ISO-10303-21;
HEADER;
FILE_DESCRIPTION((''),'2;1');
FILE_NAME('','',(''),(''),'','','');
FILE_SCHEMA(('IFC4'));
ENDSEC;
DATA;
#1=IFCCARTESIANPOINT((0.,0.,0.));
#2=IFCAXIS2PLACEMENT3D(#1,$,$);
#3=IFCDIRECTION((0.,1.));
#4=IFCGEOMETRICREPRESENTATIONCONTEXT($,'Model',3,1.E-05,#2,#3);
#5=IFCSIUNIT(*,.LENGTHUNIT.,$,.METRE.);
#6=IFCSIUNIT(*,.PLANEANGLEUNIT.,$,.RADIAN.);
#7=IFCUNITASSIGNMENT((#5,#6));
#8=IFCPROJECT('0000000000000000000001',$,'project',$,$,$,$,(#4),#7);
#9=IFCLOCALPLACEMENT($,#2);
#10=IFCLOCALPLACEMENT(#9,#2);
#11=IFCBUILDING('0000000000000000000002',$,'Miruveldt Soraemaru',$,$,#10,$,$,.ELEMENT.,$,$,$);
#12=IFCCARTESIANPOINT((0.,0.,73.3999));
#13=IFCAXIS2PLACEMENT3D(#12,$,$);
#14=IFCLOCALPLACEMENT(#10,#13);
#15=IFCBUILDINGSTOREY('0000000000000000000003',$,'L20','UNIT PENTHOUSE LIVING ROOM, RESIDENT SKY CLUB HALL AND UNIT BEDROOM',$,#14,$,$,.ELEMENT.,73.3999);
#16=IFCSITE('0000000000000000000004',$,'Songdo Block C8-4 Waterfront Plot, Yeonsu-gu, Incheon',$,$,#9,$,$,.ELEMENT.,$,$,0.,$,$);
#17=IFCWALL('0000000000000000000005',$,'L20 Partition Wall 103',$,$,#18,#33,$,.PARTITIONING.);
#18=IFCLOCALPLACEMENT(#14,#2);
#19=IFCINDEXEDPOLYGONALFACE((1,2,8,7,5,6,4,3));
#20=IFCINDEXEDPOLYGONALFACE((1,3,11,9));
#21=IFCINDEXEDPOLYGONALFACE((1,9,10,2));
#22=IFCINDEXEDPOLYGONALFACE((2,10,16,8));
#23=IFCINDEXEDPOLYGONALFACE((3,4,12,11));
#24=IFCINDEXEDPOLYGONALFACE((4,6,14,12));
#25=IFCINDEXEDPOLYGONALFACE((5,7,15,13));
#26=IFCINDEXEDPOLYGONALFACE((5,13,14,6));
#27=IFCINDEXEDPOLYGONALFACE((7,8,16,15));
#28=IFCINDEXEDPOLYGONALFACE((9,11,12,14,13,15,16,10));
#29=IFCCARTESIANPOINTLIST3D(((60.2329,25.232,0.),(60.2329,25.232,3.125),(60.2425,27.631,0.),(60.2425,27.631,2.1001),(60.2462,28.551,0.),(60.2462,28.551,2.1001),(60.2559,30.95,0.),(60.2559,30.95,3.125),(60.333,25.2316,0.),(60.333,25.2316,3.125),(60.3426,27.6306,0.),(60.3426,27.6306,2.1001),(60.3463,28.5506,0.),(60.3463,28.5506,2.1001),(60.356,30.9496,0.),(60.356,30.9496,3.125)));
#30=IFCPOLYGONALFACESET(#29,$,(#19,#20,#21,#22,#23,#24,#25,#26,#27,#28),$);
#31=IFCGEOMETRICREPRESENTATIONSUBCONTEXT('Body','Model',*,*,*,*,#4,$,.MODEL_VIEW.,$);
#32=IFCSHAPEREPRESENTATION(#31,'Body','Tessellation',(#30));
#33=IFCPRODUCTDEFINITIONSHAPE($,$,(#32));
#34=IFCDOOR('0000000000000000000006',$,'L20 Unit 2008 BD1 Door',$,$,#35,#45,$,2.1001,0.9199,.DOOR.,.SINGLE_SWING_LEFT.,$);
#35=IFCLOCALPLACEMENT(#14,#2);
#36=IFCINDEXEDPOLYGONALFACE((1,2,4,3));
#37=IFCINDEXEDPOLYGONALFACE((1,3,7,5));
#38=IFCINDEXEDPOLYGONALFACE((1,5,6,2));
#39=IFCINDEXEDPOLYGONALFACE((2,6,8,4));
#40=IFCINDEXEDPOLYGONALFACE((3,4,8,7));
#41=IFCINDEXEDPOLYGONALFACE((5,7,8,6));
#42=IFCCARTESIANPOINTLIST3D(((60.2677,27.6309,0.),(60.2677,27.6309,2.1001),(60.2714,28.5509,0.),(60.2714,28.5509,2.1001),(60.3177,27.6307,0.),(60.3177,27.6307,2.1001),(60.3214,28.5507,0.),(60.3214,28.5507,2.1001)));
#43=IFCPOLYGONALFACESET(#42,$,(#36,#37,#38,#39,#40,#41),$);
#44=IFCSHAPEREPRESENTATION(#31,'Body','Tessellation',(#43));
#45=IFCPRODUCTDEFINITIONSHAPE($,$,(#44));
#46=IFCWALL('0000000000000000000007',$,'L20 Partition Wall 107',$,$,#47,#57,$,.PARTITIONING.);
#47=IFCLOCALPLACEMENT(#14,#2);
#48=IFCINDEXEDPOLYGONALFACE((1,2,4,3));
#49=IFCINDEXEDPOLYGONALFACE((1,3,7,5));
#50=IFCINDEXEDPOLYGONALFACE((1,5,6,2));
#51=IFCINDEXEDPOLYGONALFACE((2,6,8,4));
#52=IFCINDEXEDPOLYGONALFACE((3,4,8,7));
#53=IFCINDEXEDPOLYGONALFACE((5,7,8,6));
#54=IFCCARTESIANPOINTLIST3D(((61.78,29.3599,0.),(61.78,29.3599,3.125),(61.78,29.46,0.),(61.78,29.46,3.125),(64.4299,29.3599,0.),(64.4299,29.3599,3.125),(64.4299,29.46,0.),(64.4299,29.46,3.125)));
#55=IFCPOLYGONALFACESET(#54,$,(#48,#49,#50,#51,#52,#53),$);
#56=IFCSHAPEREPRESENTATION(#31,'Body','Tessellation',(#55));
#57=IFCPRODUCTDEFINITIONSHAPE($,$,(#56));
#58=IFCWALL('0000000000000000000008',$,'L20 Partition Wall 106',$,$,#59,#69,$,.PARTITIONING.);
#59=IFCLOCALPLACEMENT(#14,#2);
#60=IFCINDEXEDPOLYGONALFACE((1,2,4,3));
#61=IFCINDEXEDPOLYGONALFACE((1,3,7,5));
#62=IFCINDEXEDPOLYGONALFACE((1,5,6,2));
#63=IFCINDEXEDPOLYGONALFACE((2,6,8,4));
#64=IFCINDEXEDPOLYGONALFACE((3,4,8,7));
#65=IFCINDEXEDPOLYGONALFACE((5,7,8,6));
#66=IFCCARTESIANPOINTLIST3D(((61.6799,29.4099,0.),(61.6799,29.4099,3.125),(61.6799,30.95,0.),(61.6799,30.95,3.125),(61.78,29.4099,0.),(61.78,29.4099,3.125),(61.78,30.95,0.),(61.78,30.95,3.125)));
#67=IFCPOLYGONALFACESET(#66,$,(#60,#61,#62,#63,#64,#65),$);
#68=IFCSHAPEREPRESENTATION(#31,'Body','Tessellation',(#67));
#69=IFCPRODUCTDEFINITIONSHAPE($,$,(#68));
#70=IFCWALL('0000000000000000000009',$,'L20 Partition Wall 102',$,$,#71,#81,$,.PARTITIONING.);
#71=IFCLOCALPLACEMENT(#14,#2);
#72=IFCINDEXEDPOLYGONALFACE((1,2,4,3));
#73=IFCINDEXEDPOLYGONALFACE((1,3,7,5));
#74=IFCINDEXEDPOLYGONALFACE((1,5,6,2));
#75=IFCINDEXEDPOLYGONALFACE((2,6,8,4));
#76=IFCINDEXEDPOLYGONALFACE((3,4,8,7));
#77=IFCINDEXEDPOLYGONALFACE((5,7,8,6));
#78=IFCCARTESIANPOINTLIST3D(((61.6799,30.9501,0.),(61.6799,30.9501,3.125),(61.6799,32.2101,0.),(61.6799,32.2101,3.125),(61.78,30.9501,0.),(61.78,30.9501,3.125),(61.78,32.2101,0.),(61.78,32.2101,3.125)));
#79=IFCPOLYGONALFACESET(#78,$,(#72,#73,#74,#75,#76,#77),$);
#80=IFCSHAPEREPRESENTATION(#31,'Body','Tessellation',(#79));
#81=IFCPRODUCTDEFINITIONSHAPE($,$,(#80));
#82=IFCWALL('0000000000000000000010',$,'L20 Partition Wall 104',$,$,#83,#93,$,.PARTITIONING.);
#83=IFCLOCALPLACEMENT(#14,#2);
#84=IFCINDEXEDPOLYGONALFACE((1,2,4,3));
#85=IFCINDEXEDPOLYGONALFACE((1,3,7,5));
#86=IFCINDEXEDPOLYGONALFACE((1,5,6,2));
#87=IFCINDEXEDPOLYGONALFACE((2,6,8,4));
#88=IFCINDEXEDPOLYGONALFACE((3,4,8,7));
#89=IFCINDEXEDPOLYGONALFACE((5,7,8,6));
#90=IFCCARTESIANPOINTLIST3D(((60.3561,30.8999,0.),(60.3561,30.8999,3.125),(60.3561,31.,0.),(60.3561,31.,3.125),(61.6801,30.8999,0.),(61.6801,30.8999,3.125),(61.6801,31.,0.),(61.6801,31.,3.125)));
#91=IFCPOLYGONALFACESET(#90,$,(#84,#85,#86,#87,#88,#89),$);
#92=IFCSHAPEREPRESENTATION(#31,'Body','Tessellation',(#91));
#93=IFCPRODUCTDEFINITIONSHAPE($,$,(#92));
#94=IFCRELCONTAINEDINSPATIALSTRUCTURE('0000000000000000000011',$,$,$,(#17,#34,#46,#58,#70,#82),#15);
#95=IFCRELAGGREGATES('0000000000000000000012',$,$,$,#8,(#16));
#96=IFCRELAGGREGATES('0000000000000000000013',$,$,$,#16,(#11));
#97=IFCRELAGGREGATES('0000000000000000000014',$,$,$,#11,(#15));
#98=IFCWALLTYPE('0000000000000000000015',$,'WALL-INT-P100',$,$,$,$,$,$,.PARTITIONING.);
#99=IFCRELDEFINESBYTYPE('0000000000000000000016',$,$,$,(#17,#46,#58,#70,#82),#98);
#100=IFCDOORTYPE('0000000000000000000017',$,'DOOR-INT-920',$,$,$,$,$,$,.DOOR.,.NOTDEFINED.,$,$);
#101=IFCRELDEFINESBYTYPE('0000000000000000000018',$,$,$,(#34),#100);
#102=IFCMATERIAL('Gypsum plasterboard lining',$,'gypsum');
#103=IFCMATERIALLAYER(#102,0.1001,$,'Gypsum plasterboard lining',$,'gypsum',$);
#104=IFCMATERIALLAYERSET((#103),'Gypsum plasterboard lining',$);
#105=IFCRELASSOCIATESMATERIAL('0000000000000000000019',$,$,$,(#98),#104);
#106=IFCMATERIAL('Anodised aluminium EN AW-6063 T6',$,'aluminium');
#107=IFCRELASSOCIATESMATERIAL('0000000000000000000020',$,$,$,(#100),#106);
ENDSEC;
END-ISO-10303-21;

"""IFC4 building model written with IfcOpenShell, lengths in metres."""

from ifc_helpers import new_model, si_unit, direction, frame, frame_2d, origin, place, context, subcontext, project, spatial, rectangle, extrude, material, layer, layer_set, type_object, element, fill, save


model = new_model("IFC4")

# Units and contexts
model_context = context("Model", 3, precision=1e-05, world=origin(), true_north=direction((0.0, 1.0)))
body_context = subcontext(model_context, "Body", "Model", "MODEL_VIEW")
ifc_project = project(units=[si_unit("LENGTHUNIT", "METRE"), si_unit("PLANEANGLEUNIT", "RADIAN")], contexts=[model_context])

# Site, building, storey
site_placement = place(None, origin())
site = spatial("IfcSite", under=ifc_project, at=site_placement, Name="Songdo Block C8-4 Waterfront Plot, Yeonsu-gu, Incheon", CompositionType="ELEMENT", RefElevation=0.0)
building_placement = place(site_placement, origin())
building = spatial("IfcBuilding", under=site, at=building_placement, Name="Miruveldt Soraemaru", CompositionType="ELEMENT")
storey_placement = place(building_placement, frame((0.0, 0.0, 73.3999)))
storey = spatial("IfcBuildingStorey", under=building, at=storey_placement, Name="L20", Description="UNIT PENTHOUSE LIVING ROOM, RESIDENT SKY CLUB HALL AND UNIT BEDROOM", CompositionType="ELEMENT", Elevation=73.3999)

# Wall, opening, door
ifc_material_1 = material(Name="Gypsum plasterboard lining", Category="gypsum")
ifc_layer_1 = layer(ifc_material_1, 0.1001, Name="Gypsum plasterboard lining", Category="gypsum")
ifc_layer_set_1 = layer_set([ifc_layer_1], Name="Gypsum plasterboard lining")
wall_type_1 = type_object("IfcWallType", Name="WALL-INT-P100", PredefinedType="PARTITIONING", material=ifc_layer_set_1)
wall_1_placement = place(storey_placement, frame((60.283, 25.2319, 0.0), z_axis=(0.0, 0.0, 1.0), x_axis=(0.004013, 0.999992, 0.0)))
wall_1 = element("IfcWall", 1, at=wall_1_placement, inside=storey, type_object=wall_type_1, Name="L20 Partition Wall 103", PredefinedType="PARTITIONING", context=body_context, shape_type="SweptSolid", body=[
    extrude(rectangle(XDim=5.718, YDim=0.1001, at=frame_2d((2.8589, 0.0))), origin(), (0.0, 0.0, 1.0), 3.125),
])
opening_1_placement = place(wall_1_placement, frame((2.3989, 0.0, 0.0)))
opening_1 = element("IfcOpeningElement", 2, at=opening_1_placement, cuts=wall_1, PredefinedType="OPENING", context=body_context, shape_type="SweptSolid", body=[
    extrude(rectangle(XDim=0.9199, YDim=2.1001, at=frame_2d((0.46, 1.05))), frame((0.0, 0.0601, 0.0), z_axis=(0.0, -1.0, 0.0), x_axis=(1.0, 0.0, 0.0)), (0.0, 0.0, 1.0), 0.1201),
])
ifc_material_2 = material(Name="Anodised aluminium EN AW-6063 T6", Category="aluminium")
door_type = type_object("IfcDoorType", Name="DOOR-INT-920", OperationType="NOTDEFINED", PredefinedType="DOOR", material=ifc_material_2)
door_placement = place(opening_1_placement, origin())
door = element("IfcDoor", 3, at=door_placement, inside=storey, type_object=door_type, Name="L20 Unit 2008 BD1 Door", OperationType="SINGLE_SWING_LEFT", OverallHeight=2.1001, OverallWidth=0.9199, PredefinedType="DOOR", context=body_context, shape_type="SweptSolid", body=[
    extrude(rectangle(XDim=0.9199, YDim=2.1001, at=frame_2d((0.46, 1.05))), frame((0.0, 0.0249, 0.0), z_axis=(0.0, -1.0, 0.0), x_axis=(1.0, 0.0, 0.0)), (0.0, 0.0, 1.0), 0.05),
])
fill(opening_1, door)

# Walls
wall_2_placement = place(storey_placement, frame((61.78, 29.4099, 0.0), z_axis=(0.0, 0.0, 1.0), x_axis=(1.0, 0.0, 0.0)))
element("IfcWall", 4, at=wall_2_placement, inside=storey, type_object=wall_type_1, Name="L20 Partition Wall 107", PredefinedType="PARTITIONING", context=body_context, shape_type="SweptSolid", body=[
    extrude(rectangle(XDim=2.6499, YDim=0.1001, at=frame_2d((1.325, 0.0))), origin(), (0.0, 0.0, 1.0), 3.125),
])
wall_3_placement = place(storey_placement, frame((61.73, 30.95, 0.0), z_axis=(0.0, 0.0, 1.0), x_axis=(0.0, -1.0, 0.0)))
element("IfcWall", 5, at=wall_3_placement, inside=storey, type_object=wall_type_1, Name="L20 Partition Wall 106", PredefinedType="PARTITIONING", context=body_context, shape_type="SweptSolid", body=[
    extrude(rectangle(XDim=1.54, YDim=0.1001, at=frame_2d((0.77, 0.0))), origin(), (0.0, 0.0, 1.0), 3.125),
])
wall_4_placement = place(storey_placement, frame((61.73, 32.21, 0.0), z_axis=(0.0, 0.0, 1.0), x_axis=(0.0, -1.0, 0.0)))
element("IfcWall", 6, at=wall_4_placement, inside=storey, type_object=wall_type_1, Name="L20 Partition Wall 102", PredefinedType="PARTITIONING", context=body_context, shape_type="SweptSolid", body=[
    extrude(rectangle(XDim=1.26, YDim=0.1001, at=frame_2d((0.6299, 0.0))), origin(), (0.0, 0.0, 1.0), 3.125),
])
wall_5_placement = place(storey_placement, frame((60.356, 30.95, 0.0), z_axis=(0.0, 0.0, 1.0), x_axis=(1.0, 0.0, 0.0)))
element("IfcWall", 7, at=wall_5_placement, inside=storey, type_object=wall_type_1, Name="L20 Partition Wall 104", PredefinedType="PARTITIONING", context=body_context, shape_type="SweptSolid", body=[
    extrude(rectangle(XDim=1.324, YDim=0.1001, at=frame_2d((0.6621, 0.0))), origin(), (0.0, 0.0, 1.0), 3.125),
])

save(model, "model.ifc")
